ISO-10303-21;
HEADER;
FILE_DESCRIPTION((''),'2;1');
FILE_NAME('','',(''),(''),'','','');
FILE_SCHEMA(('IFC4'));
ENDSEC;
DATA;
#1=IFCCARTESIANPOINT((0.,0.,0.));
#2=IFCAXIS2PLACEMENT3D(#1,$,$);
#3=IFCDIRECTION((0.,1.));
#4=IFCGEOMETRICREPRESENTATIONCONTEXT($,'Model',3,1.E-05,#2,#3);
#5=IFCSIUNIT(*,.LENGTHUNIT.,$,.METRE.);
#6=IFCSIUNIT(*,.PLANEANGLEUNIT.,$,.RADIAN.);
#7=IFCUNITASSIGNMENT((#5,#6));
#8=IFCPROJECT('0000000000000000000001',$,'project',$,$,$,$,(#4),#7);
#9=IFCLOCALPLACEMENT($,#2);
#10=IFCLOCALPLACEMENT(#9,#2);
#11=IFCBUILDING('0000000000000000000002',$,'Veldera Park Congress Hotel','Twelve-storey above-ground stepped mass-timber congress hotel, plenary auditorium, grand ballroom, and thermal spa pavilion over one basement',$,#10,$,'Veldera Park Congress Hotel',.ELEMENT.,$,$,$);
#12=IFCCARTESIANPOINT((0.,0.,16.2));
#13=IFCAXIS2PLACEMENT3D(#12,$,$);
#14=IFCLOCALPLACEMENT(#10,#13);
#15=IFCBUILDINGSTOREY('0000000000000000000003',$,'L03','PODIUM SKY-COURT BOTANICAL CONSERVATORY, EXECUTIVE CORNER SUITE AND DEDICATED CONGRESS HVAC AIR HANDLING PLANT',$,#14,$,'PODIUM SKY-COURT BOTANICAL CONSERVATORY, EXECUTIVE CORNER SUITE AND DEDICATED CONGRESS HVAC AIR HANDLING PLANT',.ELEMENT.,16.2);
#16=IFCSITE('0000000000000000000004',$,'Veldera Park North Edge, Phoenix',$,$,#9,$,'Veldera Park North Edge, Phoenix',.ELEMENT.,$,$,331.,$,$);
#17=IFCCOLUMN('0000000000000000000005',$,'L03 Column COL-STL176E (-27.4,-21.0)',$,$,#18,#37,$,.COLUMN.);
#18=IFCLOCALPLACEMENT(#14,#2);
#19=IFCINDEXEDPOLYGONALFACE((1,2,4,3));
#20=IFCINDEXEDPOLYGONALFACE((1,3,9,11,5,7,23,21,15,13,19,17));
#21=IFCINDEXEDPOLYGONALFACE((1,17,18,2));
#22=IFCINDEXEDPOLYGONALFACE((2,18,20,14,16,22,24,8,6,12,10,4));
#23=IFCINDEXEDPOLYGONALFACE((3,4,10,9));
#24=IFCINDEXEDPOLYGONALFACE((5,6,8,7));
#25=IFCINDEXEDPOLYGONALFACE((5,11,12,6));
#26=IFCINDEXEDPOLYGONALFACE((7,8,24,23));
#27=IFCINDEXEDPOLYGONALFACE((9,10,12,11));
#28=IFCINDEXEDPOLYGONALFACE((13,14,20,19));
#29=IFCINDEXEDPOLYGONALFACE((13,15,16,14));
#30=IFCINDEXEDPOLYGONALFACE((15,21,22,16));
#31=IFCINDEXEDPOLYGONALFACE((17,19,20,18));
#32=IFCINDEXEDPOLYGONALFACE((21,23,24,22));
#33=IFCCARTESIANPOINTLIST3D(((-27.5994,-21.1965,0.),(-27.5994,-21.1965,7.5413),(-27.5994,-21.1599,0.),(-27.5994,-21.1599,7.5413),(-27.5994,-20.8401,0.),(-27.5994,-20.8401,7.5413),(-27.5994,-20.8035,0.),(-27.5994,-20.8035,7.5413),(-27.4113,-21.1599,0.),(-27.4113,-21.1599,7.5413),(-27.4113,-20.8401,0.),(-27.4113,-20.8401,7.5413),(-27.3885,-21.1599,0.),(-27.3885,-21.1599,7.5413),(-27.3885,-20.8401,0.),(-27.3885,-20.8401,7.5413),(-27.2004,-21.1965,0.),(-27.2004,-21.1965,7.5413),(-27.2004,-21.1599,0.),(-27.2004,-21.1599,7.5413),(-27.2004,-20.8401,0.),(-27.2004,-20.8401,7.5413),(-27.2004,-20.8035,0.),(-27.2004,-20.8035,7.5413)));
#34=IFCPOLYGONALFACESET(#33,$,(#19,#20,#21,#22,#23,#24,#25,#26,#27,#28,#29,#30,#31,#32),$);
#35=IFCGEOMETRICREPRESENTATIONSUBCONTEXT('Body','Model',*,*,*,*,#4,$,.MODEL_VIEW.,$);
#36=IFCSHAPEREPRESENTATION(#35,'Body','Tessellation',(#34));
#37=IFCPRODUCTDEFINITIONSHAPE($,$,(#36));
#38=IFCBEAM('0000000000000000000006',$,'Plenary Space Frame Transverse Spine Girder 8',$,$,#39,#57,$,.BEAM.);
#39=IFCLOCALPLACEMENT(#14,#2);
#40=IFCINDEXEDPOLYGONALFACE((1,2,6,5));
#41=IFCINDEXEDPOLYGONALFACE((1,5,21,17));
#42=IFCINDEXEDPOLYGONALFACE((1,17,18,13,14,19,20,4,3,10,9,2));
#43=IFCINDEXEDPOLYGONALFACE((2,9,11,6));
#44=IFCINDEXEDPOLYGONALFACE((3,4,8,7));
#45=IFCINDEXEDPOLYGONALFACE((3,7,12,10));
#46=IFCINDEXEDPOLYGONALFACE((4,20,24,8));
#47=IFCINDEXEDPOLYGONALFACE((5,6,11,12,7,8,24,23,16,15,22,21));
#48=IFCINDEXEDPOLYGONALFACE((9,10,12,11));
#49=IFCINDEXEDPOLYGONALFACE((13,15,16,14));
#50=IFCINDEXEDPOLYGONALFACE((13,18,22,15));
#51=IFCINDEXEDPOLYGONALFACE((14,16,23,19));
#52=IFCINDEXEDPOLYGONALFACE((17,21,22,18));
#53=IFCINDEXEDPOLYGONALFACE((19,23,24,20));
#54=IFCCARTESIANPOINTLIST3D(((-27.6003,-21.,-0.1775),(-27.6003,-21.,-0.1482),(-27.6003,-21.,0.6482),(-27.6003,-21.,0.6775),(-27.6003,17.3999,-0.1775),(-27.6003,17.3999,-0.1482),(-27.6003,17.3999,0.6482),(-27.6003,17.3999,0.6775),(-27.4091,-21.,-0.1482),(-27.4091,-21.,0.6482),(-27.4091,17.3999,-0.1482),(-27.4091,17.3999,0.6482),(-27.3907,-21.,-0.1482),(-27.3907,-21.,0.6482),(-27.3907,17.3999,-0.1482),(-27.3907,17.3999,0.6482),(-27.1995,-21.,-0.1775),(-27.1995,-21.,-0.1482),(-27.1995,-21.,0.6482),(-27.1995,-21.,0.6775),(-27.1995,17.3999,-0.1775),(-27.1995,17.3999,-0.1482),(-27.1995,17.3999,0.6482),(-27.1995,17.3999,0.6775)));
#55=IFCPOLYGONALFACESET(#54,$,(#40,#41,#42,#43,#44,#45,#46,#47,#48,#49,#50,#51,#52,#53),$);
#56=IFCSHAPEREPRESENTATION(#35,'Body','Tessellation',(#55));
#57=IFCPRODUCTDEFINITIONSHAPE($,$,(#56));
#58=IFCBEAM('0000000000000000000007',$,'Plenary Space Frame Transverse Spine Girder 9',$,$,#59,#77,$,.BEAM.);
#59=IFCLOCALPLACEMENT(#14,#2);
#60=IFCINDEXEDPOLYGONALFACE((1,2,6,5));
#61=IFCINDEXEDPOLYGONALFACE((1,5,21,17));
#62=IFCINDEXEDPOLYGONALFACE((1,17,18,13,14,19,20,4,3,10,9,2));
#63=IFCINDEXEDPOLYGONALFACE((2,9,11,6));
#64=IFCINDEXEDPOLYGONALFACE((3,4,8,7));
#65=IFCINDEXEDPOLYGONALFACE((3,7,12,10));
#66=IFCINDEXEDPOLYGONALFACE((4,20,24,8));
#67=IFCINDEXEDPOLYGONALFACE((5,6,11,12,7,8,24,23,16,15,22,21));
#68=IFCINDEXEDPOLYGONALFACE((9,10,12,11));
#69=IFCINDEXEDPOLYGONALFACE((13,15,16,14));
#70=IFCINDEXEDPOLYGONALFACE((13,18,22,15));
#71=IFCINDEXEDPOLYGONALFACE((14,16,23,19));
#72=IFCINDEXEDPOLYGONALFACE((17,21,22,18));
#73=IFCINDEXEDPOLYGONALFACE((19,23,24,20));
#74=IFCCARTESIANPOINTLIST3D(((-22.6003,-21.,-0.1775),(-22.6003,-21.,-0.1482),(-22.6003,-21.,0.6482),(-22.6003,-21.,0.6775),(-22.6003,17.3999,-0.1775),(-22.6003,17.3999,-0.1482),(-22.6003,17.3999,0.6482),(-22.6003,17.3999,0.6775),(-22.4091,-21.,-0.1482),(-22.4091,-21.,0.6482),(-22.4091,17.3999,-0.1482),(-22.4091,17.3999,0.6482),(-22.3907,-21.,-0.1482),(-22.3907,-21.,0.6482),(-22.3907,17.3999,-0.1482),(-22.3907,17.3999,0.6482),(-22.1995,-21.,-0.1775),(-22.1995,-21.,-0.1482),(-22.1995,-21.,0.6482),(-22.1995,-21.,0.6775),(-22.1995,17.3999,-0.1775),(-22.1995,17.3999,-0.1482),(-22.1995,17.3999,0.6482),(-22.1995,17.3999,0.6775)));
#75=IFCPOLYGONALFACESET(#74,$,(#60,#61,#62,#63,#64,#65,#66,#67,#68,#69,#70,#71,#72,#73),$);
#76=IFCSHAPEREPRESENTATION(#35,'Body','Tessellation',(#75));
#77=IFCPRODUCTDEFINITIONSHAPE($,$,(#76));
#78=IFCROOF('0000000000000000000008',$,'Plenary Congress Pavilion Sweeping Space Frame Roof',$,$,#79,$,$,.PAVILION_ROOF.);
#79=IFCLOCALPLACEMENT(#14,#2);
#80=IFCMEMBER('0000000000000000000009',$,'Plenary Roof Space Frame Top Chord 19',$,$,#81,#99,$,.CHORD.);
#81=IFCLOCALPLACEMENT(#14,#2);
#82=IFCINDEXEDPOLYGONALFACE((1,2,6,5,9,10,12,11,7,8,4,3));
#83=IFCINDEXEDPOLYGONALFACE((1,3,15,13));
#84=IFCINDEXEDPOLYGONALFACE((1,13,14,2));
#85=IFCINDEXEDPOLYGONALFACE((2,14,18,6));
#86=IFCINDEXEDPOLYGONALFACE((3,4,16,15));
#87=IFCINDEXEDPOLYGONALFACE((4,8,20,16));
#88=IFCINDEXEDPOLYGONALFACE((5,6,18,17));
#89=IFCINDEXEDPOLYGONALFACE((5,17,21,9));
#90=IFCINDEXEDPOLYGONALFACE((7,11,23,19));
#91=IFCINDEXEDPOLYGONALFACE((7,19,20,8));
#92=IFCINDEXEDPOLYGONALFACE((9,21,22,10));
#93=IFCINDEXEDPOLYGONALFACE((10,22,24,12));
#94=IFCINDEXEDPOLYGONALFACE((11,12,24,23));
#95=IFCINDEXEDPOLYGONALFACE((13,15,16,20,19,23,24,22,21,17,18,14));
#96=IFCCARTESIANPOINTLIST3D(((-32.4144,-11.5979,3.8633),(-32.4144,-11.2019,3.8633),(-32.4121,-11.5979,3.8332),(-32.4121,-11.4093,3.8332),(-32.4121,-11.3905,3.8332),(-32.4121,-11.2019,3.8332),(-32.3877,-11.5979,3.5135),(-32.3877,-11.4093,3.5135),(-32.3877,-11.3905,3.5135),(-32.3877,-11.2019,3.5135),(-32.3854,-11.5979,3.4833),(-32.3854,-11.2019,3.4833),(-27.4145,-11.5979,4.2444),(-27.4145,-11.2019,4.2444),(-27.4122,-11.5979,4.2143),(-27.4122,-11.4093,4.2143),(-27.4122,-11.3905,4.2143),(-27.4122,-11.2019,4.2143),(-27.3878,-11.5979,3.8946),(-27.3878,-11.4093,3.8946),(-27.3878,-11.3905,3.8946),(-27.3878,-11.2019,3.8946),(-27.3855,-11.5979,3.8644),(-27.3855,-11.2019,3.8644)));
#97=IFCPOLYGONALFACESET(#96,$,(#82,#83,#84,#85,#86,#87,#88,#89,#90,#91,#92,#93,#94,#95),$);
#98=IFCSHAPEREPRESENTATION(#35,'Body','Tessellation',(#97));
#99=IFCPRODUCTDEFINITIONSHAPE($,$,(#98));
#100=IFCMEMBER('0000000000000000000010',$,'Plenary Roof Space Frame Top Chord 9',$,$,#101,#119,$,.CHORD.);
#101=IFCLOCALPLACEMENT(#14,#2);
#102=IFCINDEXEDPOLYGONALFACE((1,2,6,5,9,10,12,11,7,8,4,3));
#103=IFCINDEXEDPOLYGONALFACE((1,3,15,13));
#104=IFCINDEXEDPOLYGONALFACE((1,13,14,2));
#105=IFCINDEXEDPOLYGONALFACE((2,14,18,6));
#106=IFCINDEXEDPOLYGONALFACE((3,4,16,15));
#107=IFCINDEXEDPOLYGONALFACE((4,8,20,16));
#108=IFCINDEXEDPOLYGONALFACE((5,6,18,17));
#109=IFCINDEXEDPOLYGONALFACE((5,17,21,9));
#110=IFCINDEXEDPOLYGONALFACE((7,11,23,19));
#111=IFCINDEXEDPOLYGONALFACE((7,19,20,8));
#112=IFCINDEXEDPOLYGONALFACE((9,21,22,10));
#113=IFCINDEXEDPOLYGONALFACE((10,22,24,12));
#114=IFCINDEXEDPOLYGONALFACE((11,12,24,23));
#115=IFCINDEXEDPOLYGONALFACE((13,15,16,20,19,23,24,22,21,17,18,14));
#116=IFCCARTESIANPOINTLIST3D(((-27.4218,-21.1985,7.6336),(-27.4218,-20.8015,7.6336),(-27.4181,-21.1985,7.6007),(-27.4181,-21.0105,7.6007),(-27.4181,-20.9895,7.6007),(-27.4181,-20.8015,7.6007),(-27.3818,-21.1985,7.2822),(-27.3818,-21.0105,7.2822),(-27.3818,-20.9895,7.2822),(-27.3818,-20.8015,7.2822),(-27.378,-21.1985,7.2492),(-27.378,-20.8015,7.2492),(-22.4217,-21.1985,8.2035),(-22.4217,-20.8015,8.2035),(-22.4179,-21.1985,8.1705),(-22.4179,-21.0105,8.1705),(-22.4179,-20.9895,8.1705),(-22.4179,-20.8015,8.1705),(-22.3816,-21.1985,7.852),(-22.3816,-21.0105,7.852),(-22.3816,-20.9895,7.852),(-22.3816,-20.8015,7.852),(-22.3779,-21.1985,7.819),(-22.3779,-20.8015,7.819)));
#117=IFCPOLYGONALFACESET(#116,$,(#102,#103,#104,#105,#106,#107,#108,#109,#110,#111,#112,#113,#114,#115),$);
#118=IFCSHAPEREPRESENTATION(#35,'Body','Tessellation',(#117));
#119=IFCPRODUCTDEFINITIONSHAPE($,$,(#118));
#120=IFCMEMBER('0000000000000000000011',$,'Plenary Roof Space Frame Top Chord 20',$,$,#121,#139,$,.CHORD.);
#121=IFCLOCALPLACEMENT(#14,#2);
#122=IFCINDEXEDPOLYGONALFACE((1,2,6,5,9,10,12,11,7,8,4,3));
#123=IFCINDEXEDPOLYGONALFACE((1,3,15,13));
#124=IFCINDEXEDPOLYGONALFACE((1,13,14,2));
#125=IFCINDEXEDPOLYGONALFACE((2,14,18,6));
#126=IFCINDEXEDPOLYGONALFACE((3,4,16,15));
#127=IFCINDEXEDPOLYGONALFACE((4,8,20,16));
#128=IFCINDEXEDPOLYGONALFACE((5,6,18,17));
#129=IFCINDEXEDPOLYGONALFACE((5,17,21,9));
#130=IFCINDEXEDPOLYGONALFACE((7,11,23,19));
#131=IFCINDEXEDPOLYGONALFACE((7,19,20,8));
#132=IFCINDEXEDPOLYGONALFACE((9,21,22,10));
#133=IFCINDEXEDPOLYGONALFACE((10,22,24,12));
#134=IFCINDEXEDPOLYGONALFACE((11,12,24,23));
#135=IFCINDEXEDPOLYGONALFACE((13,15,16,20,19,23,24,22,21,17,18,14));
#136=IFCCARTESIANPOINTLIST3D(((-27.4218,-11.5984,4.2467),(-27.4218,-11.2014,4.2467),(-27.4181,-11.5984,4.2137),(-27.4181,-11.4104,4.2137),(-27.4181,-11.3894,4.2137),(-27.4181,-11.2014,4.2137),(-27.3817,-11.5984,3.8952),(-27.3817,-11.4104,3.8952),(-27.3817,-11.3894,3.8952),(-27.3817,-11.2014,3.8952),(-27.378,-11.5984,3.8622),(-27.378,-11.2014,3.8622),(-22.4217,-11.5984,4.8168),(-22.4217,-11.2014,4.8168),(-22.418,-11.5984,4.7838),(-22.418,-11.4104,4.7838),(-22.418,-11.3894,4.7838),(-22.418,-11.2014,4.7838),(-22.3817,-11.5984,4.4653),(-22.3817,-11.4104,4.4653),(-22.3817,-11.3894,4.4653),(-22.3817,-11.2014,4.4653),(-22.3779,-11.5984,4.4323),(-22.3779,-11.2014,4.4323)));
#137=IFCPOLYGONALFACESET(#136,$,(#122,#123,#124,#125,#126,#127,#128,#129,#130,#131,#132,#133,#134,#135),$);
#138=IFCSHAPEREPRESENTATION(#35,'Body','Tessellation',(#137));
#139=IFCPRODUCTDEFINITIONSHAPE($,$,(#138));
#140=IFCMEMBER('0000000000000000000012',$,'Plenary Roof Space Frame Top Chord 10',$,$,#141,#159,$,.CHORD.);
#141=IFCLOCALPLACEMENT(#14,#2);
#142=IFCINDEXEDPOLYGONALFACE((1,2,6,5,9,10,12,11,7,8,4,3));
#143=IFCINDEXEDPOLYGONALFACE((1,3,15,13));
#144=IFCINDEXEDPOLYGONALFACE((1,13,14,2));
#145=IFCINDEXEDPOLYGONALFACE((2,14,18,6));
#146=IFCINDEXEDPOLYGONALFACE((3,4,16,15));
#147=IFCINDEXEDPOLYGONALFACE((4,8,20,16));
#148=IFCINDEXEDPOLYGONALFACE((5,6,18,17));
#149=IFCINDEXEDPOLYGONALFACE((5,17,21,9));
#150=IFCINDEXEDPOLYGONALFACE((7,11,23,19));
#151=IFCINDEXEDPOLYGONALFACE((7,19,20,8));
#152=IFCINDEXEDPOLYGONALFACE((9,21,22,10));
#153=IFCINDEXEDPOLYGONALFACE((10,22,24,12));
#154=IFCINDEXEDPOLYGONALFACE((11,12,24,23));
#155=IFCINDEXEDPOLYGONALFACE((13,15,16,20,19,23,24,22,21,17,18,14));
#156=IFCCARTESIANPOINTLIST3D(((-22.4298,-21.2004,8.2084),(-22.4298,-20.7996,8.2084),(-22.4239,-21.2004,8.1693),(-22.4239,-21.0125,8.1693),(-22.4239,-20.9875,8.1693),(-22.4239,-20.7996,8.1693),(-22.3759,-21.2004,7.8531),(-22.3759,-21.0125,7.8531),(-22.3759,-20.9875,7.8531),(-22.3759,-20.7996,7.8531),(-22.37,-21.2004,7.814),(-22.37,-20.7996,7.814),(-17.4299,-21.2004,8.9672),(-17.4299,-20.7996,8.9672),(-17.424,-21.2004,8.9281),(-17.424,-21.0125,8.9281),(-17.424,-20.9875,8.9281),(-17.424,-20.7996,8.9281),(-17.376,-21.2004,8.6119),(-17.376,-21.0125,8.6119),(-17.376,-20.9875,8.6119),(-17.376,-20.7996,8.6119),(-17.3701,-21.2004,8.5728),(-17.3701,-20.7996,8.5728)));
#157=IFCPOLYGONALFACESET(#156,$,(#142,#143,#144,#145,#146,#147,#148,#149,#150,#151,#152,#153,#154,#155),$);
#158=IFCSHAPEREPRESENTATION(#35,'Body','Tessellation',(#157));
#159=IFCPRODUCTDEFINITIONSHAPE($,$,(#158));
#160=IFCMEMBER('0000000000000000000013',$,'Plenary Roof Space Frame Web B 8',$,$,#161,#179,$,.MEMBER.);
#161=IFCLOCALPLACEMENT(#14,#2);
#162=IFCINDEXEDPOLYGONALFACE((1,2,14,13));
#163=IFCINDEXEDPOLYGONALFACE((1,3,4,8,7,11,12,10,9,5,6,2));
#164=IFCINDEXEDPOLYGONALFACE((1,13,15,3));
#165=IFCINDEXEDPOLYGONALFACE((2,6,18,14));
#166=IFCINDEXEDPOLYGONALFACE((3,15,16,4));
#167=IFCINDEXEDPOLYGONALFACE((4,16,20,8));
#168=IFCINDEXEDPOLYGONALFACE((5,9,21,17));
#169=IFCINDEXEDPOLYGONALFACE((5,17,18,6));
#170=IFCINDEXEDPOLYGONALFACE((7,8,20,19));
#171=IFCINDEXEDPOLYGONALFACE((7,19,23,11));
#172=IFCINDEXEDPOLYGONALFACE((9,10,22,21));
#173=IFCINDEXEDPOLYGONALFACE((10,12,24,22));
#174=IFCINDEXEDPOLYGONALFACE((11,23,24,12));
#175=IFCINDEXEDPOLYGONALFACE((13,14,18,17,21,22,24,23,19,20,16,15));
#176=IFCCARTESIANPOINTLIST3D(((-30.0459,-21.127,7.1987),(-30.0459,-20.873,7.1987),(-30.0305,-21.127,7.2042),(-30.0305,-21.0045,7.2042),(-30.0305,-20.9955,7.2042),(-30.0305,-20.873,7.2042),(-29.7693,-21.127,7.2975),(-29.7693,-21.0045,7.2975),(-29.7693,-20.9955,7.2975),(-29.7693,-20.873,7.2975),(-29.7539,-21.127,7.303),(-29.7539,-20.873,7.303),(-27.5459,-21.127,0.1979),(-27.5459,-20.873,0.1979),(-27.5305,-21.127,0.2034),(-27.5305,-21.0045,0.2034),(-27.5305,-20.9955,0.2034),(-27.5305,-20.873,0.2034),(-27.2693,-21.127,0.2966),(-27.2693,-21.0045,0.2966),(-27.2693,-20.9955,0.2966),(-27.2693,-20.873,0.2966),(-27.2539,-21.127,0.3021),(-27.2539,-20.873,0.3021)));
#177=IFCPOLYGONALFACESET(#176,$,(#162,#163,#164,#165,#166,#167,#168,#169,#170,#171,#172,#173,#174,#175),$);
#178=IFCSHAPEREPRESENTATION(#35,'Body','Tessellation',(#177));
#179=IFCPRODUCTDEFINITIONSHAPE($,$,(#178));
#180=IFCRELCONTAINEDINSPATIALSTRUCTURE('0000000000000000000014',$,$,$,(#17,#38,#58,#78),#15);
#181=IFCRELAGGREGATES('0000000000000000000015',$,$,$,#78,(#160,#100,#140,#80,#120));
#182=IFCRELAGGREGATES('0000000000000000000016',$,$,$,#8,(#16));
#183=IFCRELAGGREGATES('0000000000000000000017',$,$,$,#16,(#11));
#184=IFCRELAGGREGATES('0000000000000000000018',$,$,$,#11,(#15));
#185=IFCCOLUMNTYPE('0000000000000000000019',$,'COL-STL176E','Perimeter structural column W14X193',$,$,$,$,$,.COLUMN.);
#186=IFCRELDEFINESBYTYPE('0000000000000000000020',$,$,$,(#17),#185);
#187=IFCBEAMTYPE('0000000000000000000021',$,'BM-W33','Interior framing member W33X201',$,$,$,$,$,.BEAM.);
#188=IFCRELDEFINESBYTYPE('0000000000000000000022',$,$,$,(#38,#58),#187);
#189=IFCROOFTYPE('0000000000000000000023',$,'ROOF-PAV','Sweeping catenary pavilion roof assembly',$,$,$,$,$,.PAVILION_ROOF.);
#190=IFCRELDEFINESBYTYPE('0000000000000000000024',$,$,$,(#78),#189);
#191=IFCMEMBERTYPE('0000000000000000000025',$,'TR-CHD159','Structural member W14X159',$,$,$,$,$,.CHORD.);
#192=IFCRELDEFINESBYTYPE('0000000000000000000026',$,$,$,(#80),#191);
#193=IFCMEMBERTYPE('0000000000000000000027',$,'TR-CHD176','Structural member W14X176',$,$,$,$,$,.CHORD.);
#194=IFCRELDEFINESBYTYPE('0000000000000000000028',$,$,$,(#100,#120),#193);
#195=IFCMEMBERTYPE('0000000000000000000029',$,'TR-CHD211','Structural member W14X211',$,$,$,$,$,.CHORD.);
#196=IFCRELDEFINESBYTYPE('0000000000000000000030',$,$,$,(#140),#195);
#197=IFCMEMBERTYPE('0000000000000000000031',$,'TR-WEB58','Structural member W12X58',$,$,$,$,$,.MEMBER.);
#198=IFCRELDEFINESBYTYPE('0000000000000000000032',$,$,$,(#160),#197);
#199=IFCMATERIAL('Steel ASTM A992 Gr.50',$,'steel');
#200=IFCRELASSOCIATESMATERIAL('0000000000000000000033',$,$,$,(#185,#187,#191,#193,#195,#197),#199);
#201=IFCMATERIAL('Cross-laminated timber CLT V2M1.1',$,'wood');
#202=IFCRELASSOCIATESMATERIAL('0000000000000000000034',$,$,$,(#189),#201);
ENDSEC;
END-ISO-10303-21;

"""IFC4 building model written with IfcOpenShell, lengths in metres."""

from ifc_helpers import new_model, si_unit, direction, frame, origin, origin_2d, place, context, subcontext, project, spatial, i_section, extrude, material, material_profile, profile_set, type_object, element, aggregate, save


model = new_model("IFC4")

# Units and contexts
model_context = context("Model", 3, precision=1e-05, world=origin(), true_north=direction((0.0, 1.0)))
body_context = subcontext(model_context, "Body", "Model", "MODEL_VIEW")
ifc_project = project(units=[si_unit("LENGTHUNIT", "METRE"), si_unit("PLANEANGLEUNIT", "RADIAN")], contexts=[model_context])

# Site, building, storey
site_placement = place(None, origin())
site = spatial("IfcSite", under=ifc_project, at=site_placement, Name="Veldera Park North Edge, Phoenix", LongName="Veldera Park North Edge, Phoenix", CompositionType="ELEMENT", RefElevation=331.0)
building_placement = place(site_placement, origin())
building = spatial("IfcBuilding", under=site, at=building_placement, Name="Veldera Park Congress Hotel", Description="Twelve-storey above-ground stepped mass-timber congress hotel, plenary auditorium, grand ballroom, and thermal spa pavilion over one basement", LongName="Veldera Park Congress Hotel", CompositionType="ELEMENT")
storey_placement = place(building_placement, frame((0.0, 0.0, 16.2)))
storey = spatial("IfcBuildingStorey", under=building, at=storey_placement, Name="L03", Description="PODIUM SKY-COURT BOTANICAL CONSERVATORY, EXECUTIVE CORNER SUITE AND DEDICATED CONGRESS HVAC AIR HANDLING PLANT", LongName="PODIUM SKY-COURT BOTANICAL CONSERVATORY, EXECUTIVE CORNER SUITE AND DEDICATED CONGRESS HVAC AIR HANDLING PLANT", CompositionType="ELEMENT", Elevation=16.2)

# Column
ifc_material_1 = material(Name="Steel ASTM A992 Gr.50", Category="steel")
ifc_material_profile_1 = material_profile(ifc_material_1, i_section(OverallWidth=0.3989, OverallDepth=0.3931, WebThickness=0.0227, FlangeThickness=0.0366, at=origin_2d()), Name="W14X193")
ifc_profile_set_1 = profile_set([ifc_material_profile_1], Name="Steel ASTM A992 Gr.50")
column_type = type_object("IfcColumnType", Name="COL-STL176E", Description="Perimeter structural column W14X193", PredefinedType="COLUMN", material=ifc_profile_set_1)
column_placement = place(storey_placement, frame((-27.3999, -21.0, 0.0), z_axis=(0.0, 0.0, 1.0), x_axis=(1.0, 0.0, 0.0)))
element("IfcColumn", 1, at=column_placement, inside=storey, type_object=column_type, Name="L03 Column COL-STL176E (-27.4,-21.0)", PredefinedType="COLUMN", context=body_context, shape_type="SweptSolid", body=[
    extrude(i_section(OverallWidth=0.3989, OverallDepth=0.3931, WebThickness=0.0227, FlangeThickness=0.0366, at=origin_2d()), origin(), (0.0, 0.0, 1.0), 7.5413),
])

# Beams
ifc_material_profile_2 = material_profile(ifc_material_1, i_section(OverallWidth=0.4009, OverallDepth=0.855, WebThickness=0.0183, FlangeThickness=0.0293, at=origin_2d()), Name="W33X201")
ifc_profile_set_2 = profile_set([ifc_material_profile_2], Name="Steel ASTM A992 Gr.50")
beam_type = type_object("IfcBeamType", Name="BM-W33", Description="Interior framing member W33X201", PredefinedType="BEAM", material=ifc_profile_set_2)
for number, where, z_axis, x_axis, name in (
    (2, (-27.3999, -21.0, 0.25), (0.0, 1.0, 0.0), (-1.0, 0.0, 0.0), "Plenary Space Frame Transverse Spine Girder 8"),
    (3, (-22.3999, -21.0, 0.25), (0.0, 1.0, 0.0), (-1.0, 0.0, 0.0), "Plenary Space Frame Transverse Spine Girder 9"),
):
    element("IfcBeam", number, at=place(storey_placement, frame(where, z_axis=z_axis, x_axis=x_axis)), inside=storey, type_object=beam_type, Name=name, PredefinedType="BEAM", context=body_context, shape_type="SweptSolid", body=[
        extrude(i_section(OverallWidth=0.4009, OverallDepth=0.855, WebThickness=0.0183, FlangeThickness=0.0293, at=origin_2d()), origin(), (0.0, 0.0, 1.0), 38.3999),
    ])

# Roof, members
ifc_material_2 = material(Name="Cross-laminated timber CLT V2M1.1", Category="wood")
roof_type = type_object("IfcRoofType", Name="ROOF-PAV", Description="Sweeping catenary pavilion roof assembly", PredefinedType="PAVILION_ROOF", material=ifc_material_2)
roof_placement = place(storey_placement, origin())
roof = element("IfcRoof", 4, at=roof_placement, inside=storey, type_object=roof_type, Name="Plenary Congress Pavilion Sweeping Space Frame Roof", PredefinedType="PAVILION_ROOF")
ifc_material_profile_3 = material_profile(ifc_material_1, i_section(OverallWidth=0.396, OverallDepth=0.3811, WebThickness=0.0188, FlangeThickness=0.0303, at=origin_2d()), Name="W14X159")
ifc_profile_set_3 = profile_set([ifc_material_profile_3], Name="Steel ASTM A992 Gr.50")
member_type_1 = type_object("IfcMemberType", Name="TR-CHD159", Description="Structural member W14X159", PredefinedType="CHORD", material=ifc_profile_set_3)
member_1_placement = place(storey_placement, frame((-32.3999, -11.3999, 3.6733), z_axis=(0.997108, 0.0, 0.076), x_axis=(0.0, 1.0, 0.0)))
member_1 = element("IfcMember", 5, at=member_1_placement, type_object=member_type_1, Name="Plenary Roof Space Frame Top Chord 19", PredefinedType="CHORD", context=body_context, shape_type="SweptSolid", body=[
    extrude(i_section(OverallWidth=0.396, OverallDepth=0.3811, WebThickness=0.0188, FlangeThickness=0.0303, at=origin_2d()), origin(), (0.0, 0.0, 1.0), 5.0144),
])
ifc_material_profile_4 = material_profile(ifc_material_1, i_section(OverallWidth=0.397, OverallDepth=0.387, WebThickness=0.021, FlangeThickness=0.0332, at=origin_2d()), Name="W14X176")
ifc_profile_set_4 = profile_set([ifc_material_profile_4], Name="Steel ASTM A992 Gr.50")
member_type_2 = type_object("IfcMemberType", Name="TR-CHD176", Description="Structural member W14X176", PredefinedType="CHORD", material=ifc_profile_set_4)
member_2_placement = place(storey_placement, frame((-27.3999, -21.0, 7.4414), z_axis=(0.993569, 0.0, 0.113232), x_axis=(0.0, 1.0, 0.0)))
member_2 = element("IfcMember", 6, at=member_2_placement, type_object=member_type_2, Name="Plenary Roof Space Frame Top Chord 9", PredefinedType="CHORD", context=body_context, shape_type="SweptSolid", body=[
    extrude(i_section(OverallWidth=0.397, OverallDepth=0.387, WebThickness=0.021, FlangeThickness=0.0332, at=origin_2d()), origin(), (0.0, 0.0, 1.0), 5.0325),
])
member_3_placement = place(storey_placement, frame((-27.3999, -11.3999, 4.0544), z_axis=(0.993563, 0.0, 0.11328), x_axis=(0.0, 1.0, 0.0)))
member_3 = element("IfcMember", 7, at=member_3_placement, type_object=member_type_2, Name="Plenary Roof Space Frame Top Chord 20", PredefinedType="CHORD", context=body_context, shape_type="SweptSolid", body=[
    extrude(i_section(OverallWidth=0.397, OverallDepth=0.387, WebThickness=0.021, FlangeThickness=0.0332, at=origin_2d()), origin(), (0.0, 0.0, 1.0), 5.0325),
])
ifc_material_profile_5 = material_profile(ifc_material_1, i_section(OverallWidth=0.4009, OverallDepth=0.3989, WebThickness=0.0249, FlangeThickness=0.0396, at=origin_2d()), Name="W14X211")
ifc_profile_set_5 = profile_set([ifc_material_profile_5], Name="Steel ASTM A992 Gr.50")
member_type_3 = type_object("IfcMemberType", Name="TR-CHD211", Description="Structural member W14X211", PredefinedType="CHORD", material=ifc_profile_set_5)
member_4_placement = place(storey_placement, frame((-22.3999, -21.0, 8.0112), z_axis=(0.98868, 0.0, 0.15004), x_axis=(0.0, 1.0, 0.0)))
member_4 = element("IfcMember", 8, at=member_4_placement, type_object=member_type_3, Name="Plenary Roof Space Frame Top Chord 10", PredefinedType="CHORD", context=body_context, shape_type="SweptSolid", body=[
    extrude(i_section(OverallWidth=0.4009, OverallDepth=0.3989, WebThickness=0.0249, FlangeThickness=0.0396, at=origin_2d()), origin(), (0.0, 0.0, 1.0), 5.0571),
])
ifc_material_profile_6 = material_profile(ifc_material_1, i_section(OverallWidth=0.2539, OverallDepth=0.3101, WebThickness=0.009, FlangeThickness=0.0164, at=origin_2d()), Name="W12X58")
ifc_profile_set_6 = profile_set([ifc_material_profile_6], Name="Steel ASTM A992 Gr.50")
member_type_4 = type_object("IfcMemberType", Name="TR-WEB58", Description="Structural member W12X58", PredefinedType="MEMBER", material=ifc_profile_set_6)
member_5_placement = place(storey_placement, frame((-27.3999, -21.0, 0.25), z_axis=(-0.336305, 0.0, 0.941753), x_axis=(0.0, -1.0, 0.0)))
member_5 = element("IfcMember", 9, at=member_5_placement, type_object=member_type_4, Name="Plenary Roof Space Frame Web B 8", PredefinedType="MEMBER", context=body_context, shape_type="SweptSolid", body=[
    extrude(i_section(OverallWidth=0.2539, OverallDepth=0.3101, WebThickness=0.009, FlangeThickness=0.0164, at=origin_2d()), origin(), (0.0, 0.0, 1.0), 7.4338),
])
aggregate(roof, [member_5, member_2, member_4, member_1, member_3])

save(model, "model.ifc")
